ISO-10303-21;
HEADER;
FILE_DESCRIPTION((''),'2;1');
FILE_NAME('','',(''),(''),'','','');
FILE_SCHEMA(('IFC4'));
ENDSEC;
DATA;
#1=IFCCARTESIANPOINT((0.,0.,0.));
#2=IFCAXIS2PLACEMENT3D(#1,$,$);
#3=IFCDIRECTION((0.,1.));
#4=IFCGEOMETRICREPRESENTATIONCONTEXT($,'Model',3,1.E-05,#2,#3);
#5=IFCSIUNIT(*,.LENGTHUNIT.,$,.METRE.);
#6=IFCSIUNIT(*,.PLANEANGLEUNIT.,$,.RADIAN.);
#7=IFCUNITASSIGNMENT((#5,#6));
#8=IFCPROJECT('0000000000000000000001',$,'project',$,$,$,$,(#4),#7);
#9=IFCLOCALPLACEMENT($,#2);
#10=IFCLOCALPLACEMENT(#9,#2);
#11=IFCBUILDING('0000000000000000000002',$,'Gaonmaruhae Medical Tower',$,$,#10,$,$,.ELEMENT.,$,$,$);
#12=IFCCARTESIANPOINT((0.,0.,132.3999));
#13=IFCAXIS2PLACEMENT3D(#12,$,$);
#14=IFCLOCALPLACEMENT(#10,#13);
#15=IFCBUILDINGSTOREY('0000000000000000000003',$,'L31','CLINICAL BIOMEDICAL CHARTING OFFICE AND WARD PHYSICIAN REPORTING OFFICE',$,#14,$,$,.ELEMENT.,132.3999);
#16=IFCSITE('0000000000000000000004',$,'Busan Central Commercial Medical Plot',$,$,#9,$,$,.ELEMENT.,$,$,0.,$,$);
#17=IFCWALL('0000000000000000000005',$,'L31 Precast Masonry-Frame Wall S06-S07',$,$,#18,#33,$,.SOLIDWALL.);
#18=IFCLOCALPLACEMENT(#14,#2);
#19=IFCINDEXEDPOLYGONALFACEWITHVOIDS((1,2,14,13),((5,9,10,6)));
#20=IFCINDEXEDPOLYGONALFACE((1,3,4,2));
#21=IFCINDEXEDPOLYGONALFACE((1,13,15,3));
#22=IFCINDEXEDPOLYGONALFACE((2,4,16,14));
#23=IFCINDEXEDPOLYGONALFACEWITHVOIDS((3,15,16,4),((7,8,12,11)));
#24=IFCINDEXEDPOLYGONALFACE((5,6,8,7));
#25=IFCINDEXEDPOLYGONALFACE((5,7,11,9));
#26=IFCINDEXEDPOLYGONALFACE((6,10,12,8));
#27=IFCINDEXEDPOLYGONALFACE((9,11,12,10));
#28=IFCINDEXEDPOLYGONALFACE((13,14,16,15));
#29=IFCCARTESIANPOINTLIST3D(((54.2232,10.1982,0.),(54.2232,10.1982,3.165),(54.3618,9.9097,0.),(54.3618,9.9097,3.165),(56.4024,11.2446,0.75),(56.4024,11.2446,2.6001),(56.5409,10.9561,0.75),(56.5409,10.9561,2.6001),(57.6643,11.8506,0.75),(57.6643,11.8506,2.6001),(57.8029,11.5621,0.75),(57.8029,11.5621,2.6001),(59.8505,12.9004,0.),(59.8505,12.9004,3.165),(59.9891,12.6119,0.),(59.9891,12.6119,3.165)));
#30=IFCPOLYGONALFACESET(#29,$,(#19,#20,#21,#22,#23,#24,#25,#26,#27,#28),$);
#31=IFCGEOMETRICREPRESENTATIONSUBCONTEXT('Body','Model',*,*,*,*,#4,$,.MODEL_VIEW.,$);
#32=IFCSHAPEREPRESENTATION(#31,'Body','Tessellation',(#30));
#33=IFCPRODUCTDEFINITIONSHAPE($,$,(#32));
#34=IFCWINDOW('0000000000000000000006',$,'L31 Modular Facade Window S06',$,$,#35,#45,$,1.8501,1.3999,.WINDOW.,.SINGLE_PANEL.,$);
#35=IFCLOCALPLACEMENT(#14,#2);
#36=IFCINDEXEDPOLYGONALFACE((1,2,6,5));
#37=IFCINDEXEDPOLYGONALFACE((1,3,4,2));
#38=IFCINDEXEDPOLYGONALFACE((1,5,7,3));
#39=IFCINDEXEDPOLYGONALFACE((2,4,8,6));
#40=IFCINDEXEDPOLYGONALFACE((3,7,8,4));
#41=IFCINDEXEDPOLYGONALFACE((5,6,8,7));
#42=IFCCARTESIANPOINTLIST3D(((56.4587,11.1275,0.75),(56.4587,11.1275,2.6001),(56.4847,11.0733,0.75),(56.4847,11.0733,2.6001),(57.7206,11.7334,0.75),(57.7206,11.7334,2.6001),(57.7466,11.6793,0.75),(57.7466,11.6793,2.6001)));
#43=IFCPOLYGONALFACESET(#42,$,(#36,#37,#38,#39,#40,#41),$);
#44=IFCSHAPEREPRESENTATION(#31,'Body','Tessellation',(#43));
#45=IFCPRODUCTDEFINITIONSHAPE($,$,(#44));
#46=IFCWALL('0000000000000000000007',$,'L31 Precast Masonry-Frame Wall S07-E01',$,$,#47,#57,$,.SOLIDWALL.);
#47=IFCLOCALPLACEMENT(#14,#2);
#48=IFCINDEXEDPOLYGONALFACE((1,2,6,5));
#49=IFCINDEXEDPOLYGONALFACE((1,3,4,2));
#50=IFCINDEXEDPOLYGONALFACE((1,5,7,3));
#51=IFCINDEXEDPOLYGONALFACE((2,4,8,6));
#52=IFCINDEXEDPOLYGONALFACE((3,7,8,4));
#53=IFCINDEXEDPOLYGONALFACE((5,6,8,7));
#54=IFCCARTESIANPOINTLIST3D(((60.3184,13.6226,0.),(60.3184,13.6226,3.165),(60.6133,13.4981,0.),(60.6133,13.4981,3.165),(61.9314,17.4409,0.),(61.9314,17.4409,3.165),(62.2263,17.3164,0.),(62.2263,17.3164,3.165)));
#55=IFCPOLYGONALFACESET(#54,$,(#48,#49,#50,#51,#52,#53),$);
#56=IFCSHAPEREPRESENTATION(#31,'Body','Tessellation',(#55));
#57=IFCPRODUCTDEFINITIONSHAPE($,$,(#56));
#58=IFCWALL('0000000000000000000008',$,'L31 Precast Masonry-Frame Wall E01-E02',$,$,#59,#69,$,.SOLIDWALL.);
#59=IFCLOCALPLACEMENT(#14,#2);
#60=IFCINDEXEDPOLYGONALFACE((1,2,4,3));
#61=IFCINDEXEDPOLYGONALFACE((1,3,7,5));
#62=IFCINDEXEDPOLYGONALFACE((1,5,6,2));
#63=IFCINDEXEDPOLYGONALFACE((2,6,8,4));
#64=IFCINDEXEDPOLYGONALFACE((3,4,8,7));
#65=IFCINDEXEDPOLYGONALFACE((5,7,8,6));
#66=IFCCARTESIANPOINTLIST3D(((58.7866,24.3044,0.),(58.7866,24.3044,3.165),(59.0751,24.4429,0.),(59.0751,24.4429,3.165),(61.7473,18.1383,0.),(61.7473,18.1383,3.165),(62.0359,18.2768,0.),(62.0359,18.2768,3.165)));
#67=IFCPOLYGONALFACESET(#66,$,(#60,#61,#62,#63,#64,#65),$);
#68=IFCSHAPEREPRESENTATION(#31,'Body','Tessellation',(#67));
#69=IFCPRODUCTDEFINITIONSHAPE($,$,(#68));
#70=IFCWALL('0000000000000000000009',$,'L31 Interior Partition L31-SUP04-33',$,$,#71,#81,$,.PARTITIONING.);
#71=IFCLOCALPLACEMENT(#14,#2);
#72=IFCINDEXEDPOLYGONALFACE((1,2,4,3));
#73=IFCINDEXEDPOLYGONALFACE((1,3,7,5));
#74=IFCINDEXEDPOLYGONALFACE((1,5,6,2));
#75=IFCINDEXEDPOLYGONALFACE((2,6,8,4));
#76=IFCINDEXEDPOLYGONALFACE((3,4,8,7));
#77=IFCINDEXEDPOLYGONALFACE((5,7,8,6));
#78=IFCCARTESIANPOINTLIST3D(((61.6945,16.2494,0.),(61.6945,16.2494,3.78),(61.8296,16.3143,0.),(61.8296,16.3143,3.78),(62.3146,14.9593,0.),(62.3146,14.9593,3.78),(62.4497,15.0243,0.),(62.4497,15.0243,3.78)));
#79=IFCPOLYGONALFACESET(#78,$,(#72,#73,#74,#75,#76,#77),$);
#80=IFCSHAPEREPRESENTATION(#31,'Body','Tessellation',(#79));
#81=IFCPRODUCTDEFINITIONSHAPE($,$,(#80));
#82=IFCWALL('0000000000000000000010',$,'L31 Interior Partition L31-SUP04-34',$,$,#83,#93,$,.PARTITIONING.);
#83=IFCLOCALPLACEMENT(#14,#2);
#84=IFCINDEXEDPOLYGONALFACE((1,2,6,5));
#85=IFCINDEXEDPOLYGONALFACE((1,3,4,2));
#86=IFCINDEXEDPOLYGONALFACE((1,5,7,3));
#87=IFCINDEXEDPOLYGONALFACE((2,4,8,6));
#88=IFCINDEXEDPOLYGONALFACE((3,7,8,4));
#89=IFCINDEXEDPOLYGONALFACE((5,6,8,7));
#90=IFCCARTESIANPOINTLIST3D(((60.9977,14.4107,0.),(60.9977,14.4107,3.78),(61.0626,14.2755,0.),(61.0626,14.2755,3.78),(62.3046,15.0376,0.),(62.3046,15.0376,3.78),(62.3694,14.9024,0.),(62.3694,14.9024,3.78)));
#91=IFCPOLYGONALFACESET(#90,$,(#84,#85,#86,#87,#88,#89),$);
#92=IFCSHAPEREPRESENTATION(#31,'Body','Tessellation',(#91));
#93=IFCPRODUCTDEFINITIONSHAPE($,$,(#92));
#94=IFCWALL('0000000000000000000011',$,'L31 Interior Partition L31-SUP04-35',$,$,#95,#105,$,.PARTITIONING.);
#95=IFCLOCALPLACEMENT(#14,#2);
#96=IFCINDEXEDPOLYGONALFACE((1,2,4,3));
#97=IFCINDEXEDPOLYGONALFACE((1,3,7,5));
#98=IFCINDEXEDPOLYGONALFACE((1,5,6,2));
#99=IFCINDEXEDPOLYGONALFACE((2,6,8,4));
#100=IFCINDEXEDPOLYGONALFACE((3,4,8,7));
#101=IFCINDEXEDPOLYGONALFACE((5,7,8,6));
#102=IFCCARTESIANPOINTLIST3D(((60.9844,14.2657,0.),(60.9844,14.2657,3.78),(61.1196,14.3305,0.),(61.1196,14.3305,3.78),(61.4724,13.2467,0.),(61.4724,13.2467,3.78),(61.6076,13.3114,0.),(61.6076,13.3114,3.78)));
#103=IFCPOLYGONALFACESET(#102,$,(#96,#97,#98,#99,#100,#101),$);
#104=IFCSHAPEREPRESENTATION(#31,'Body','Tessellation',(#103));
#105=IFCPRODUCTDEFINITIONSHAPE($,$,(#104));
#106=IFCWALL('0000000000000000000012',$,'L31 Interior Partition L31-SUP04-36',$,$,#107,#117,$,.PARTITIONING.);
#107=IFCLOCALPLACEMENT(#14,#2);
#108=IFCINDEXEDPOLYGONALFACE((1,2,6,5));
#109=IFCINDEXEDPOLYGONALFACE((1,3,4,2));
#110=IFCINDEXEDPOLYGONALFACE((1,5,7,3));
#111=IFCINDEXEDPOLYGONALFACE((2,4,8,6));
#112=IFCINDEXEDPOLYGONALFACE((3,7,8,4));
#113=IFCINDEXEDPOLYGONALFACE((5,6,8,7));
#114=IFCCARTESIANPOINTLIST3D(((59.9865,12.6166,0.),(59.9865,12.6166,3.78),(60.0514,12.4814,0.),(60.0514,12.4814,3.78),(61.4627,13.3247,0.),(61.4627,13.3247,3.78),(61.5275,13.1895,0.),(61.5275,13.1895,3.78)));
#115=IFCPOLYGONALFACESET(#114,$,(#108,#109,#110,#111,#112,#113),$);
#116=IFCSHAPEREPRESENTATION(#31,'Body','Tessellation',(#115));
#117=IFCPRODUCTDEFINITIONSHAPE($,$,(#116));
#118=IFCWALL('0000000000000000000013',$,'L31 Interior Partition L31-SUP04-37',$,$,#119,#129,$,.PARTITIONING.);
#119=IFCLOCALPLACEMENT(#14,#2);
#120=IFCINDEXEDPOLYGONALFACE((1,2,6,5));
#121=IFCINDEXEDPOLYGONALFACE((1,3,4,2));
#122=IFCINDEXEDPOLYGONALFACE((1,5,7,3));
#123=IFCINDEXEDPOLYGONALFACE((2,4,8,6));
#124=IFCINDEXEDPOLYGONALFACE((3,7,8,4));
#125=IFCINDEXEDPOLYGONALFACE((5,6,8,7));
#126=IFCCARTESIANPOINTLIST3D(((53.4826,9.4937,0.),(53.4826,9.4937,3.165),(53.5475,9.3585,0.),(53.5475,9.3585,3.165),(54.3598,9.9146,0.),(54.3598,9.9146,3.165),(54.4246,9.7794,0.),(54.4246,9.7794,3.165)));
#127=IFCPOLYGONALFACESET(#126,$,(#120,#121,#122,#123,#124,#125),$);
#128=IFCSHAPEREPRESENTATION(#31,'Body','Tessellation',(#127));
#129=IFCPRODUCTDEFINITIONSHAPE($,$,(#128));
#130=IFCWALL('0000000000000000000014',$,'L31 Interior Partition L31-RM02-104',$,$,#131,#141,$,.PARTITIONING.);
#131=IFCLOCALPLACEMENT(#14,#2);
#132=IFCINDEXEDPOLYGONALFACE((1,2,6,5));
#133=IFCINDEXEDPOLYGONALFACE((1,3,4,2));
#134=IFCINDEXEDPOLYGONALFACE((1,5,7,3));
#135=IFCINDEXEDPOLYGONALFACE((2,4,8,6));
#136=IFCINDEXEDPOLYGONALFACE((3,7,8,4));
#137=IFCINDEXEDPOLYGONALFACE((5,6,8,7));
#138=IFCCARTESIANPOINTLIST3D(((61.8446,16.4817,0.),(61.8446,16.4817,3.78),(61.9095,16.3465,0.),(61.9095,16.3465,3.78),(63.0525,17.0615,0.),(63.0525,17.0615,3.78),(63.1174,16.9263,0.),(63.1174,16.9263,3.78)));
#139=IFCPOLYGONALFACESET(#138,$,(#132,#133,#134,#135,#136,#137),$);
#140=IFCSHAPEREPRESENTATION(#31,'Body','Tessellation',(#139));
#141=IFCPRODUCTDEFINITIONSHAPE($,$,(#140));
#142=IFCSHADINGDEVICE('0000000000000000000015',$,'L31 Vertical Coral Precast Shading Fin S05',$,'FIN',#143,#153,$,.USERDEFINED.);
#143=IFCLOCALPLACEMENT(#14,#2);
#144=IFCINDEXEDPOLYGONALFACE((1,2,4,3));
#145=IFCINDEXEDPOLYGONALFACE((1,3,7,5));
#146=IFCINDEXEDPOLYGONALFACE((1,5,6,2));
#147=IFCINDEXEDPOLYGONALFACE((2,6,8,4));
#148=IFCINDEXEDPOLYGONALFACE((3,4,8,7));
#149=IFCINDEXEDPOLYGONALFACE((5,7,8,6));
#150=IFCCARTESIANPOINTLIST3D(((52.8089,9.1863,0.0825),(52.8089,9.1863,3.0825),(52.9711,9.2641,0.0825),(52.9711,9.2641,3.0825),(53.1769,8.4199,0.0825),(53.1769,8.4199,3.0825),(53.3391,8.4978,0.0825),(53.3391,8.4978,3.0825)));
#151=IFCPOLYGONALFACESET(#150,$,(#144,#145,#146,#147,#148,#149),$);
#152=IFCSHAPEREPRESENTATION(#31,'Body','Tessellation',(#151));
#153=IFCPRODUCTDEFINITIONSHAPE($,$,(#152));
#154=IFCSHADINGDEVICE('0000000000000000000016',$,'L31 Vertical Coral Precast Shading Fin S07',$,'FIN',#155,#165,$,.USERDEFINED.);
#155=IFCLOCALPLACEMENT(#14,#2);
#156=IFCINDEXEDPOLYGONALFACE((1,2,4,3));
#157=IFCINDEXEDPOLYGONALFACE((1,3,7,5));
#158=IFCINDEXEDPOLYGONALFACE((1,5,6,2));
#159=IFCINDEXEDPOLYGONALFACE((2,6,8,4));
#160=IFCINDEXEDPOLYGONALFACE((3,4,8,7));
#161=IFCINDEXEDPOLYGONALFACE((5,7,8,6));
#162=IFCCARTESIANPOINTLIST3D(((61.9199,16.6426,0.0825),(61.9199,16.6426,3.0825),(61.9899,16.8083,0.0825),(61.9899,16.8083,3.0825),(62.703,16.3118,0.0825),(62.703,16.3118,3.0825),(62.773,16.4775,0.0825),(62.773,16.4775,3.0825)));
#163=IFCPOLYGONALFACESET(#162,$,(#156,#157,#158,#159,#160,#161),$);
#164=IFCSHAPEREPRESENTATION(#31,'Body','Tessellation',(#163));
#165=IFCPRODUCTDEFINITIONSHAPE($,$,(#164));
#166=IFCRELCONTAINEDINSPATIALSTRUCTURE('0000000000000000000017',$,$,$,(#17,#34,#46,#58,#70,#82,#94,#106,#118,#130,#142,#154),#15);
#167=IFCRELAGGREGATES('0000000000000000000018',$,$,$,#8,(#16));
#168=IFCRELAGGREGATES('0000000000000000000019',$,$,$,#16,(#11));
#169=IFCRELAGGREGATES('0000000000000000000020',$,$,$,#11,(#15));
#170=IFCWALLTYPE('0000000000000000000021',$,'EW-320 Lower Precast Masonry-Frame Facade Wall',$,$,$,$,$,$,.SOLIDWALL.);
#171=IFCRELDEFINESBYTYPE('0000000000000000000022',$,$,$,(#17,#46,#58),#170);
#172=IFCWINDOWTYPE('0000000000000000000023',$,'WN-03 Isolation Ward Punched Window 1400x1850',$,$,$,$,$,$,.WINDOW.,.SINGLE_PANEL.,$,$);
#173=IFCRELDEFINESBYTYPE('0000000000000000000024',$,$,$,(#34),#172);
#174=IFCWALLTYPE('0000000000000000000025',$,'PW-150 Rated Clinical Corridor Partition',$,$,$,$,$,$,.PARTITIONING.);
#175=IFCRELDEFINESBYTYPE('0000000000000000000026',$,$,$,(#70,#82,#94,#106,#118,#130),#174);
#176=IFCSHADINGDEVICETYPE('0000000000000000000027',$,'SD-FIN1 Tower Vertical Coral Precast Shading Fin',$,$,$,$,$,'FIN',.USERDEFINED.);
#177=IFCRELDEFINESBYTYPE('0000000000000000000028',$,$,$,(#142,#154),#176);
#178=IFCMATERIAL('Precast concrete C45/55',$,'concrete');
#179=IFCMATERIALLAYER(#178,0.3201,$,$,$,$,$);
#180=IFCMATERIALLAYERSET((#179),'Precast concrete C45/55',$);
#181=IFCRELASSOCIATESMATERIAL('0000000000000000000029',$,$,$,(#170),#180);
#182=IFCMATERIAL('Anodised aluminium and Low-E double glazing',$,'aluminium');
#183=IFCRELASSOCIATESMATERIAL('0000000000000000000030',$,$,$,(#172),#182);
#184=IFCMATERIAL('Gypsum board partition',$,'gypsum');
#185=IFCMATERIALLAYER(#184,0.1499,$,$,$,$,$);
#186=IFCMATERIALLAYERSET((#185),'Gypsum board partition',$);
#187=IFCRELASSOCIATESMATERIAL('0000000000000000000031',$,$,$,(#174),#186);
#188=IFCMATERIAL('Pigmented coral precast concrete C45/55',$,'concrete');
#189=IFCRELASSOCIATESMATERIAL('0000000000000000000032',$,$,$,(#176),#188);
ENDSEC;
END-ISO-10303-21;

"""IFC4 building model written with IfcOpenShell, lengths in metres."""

from ifc_helpers import new_model, si_unit, direction, frame, frame_2d, origin, origin_2d, place, context, subcontext, project, spatial, rectangle, extrude, material, layer, layer_set, type_object, element, fill, save


model = new_model("IFC4")

# Units and contexts
model_context = context("Model", 3, precision=1e-05, world=origin(), true_north=direction((0.0, 1.0)))
body_context = subcontext(model_context, "Body", "Model", "MODEL_VIEW")
ifc_project = project(units=[si_unit("LENGTHUNIT", "METRE"), si_unit("PLANEANGLEUNIT", "RADIAN")], contexts=[model_context])

# Site, building, storey
site_placement = place(None, origin())
site = spatial("IfcSite", under=ifc_project, at=site_placement, Name="Busan Central Commercial Medical Plot", CompositionType="ELEMENT", RefElevation=0.0)
building_placement = place(site_placement, origin())
building = spatial("IfcBuilding", under=site, at=building_placement, Name="Gaonmaruhae Medical Tower", CompositionType="ELEMENT")
storey_placement = place(building_placement, frame((0.0, 0.0, 132.3999)))
storey = spatial("IfcBuildingStorey", under=building, at=storey_placement, Name="L31", Description="CLINICAL BIOMEDICAL CHARTING OFFICE AND WARD PHYSICIAN REPORTING OFFICE", CompositionType="ELEMENT", Elevation=132.3999)

# Wall, opening, window
ifc_material_1 = material(Name="Precast concrete C45/55", Category="concrete")
ifc_layer_1 = layer(ifc_material_1, 0.3201)
ifc_layer_set_1 = layer_set([ifc_layer_1], Name="Precast concrete C45/55")
wall_type_1 = type_object("IfcWallType", Name="EW-320 Lower Precast Masonry-Frame Facade Wall", PredefinedType="SOLIDWALL", material=ifc_layer_set_1)
ifc_material_2 = material(Name="Anodised aluminium and Low-E double glazing", Category="aluminium")
wall_1_placement = place(storey_placement, frame((59.9197, 12.7561, 0.0), z_axis=(0.0, 0.0, 1.0), x_axis=(-0.901455, -0.432873, 0.0)))
wall_1 = element("IfcWall", 1, at=wall_1_placement, inside=storey, type_object=wall_type_1, Name="L31 Precast Masonry-Frame Wall S06-S07", PredefinedType="SOLIDWALL", context=body_context, shape_type="SweptSolid", body=[
    extrude(rectangle(XDim=6.2424, YDim=0.3201, at=frame_2d((3.1211, 0.0))), origin(), (0.0, 0.0, 1.0), 3.165),
])
opening_1_placement = place(wall_1_placement, frame((2.425, 0.0, 0.75)))
opening_1 = element("IfcOpeningElement", 2, at=opening_1_placement, cuts=wall_1, PredefinedType="OPENING", context=body_context, shape_type="SweptSolid", body=[
    extrude(rectangle(XDim=1.3999, YDim=1.8501, at=frame_2d((0.7, 0.925))), frame((0.0, 0.1699, 0.0), z_axis=(0.0, -1.0, 0.0), x_axis=(1.0, 0.0, 0.0)), (0.0, 0.0, 1.0), 0.3401),
])
window_type_1 = type_object("IfcWindowType", Name="WN-03 Isolation Ward Punched Window 1400x1850", PartitioningType="SINGLE_PANEL", PredefinedType="WINDOW", material=ifc_material_2)
window_1_placement = place(opening_1_placement, origin())
window_1 = element("IfcWindow", 3, at=window_1_placement, inside=storey, type_object=window_type_1, Name="L31 Modular Facade Window S06", OverallHeight=1.8501, OverallWidth=1.3999, PartitioningType="SINGLE_PANEL", PredefinedType="WINDOW", context=body_context, shape_type="SweptSolid", body=[
    extrude(rectangle(XDim=1.3999, YDim=1.8501, at=frame_2d((0.7, 0.925))), frame((0.0, 0.03, 0.0), z_axis=(0.0, -1.0, 0.0), x_axis=(1.0, 0.0, 0.0)), (0.0, 0.0, 1.0), 0.0601),
])
fill(opening_1, window_1)

# Walls
wall_2_placement = place(storey_placement, frame((62.0789, 17.3787, 0.0), z_axis=(0.0, 0.0, 1.0), x_axis=(-0.389144, -0.921177, 0.0)))
element("IfcWall", 4, at=wall_2_placement, inside=storey, type_object=wall_type_1, Name="L31 Precast Masonry-Frame Wall S07-E01", PredefinedType="SOLIDWALL", context=body_context, shape_type="SweptSolid", body=[
    extrude(rectangle(XDim=4.145, YDim=0.3201, at=frame_2d((2.0725, 0.0))), origin(), (0.0, 0.0, 1.0), 3.165),
])
wall_3_placement = place(storey_placement, frame((58.9309, 24.3735, 0.0), z_axis=(0.0, 0.0, 1.0), x_axis=(0.432851, -0.901466, 0.0)))
element("IfcWall", 5, at=wall_3_placement, inside=storey, type_object=wall_type_1, Name="L31 Precast Masonry-Frame Wall E01-E02", PredefinedType="SOLIDWALL", context=body_context, shape_type="SweptSolid", body=[
    extrude(rectangle(XDim=6.8401, YDim=0.3201, at=frame_2d((3.4199, 0.0))), origin(), (0.0, 0.0, 1.0), 3.165),
])
ifc_material_3 = material(Name="Gypsum board partition", Category="gypsum")
ifc_layer_2 = layer(ifc_material_3, 0.1499)
ifc_layer_set_2 = layer_set([ifc_layer_2], Name="Gypsum board partition")
wall_type_2 = type_object("IfcWallType", Name="PW-150 Rated Clinical Corridor Partition", PredefinedType="PARTITIONING", material=ifc_layer_set_2)
wall_4_placement = place(storey_placement, frame((61.762, 16.282, 0.0), z_axis=(0.0, 0.0, 1.0), x_axis=(0.433241, -0.901278, 0.0)))
element("IfcWall", 6, at=wall_4_placement, inside=storey, type_object=wall_type_2, Name="L31 Interior Partition L31-SUP04-33", PredefinedType="PARTITIONING", context=body_context, shape_type="SweptSolid", body=[
    extrude(rectangle(XDim=1.4314, YDim=0.1499, at=frame_2d((0.7158, 0.0))), origin(), (0.0, 0.0, 1.0), 3.78),
])
wall_5_placement = place(storey_placement, frame((62.3369, 14.97, 0.0), z_axis=(0.0, 0.0, 1.0), x_axis=(-0.901618, -0.432534, 0.0)))
element("IfcWall", 7, at=wall_5_placement, inside=storey, type_object=wall_type_2, Name="L31 Interior Partition L31-SUP04-34", PredefinedType="PARTITIONING", context=body_context, shape_type="SweptSolid", body=[
    extrude(rectangle(XDim=1.4495, YDim=0.1499, at=frame_2d((0.7246, 0.0))), origin(), (0.0, 0.0, 1.0), 3.78),
])
wall_6_placement = place(storey_placement, frame((61.052, 14.2981, 0.0), z_axis=(0.0, 0.0, 1.0), x_axis=(0.431937, -0.901904, 0.0)))
element("IfcWall", 8, at=wall_6_placement, inside=storey, type_object=wall_type_2, Name="L31 Interior Partition L31-SUP04-35", PredefinedType="PARTITIONING", context=body_context, shape_type="SweptSolid", body=[
    extrude(rectangle(XDim=1.1299, YDim=0.1499, at=frame_2d((0.5649, 0.0))), origin(), (0.0, 0.0, 1.0), 3.78),
])
wall_7_placement = place(storey_placement, frame((61.4951, 13.2571, 0.0), z_axis=(0.0, 0.0, 1.0), x_axis=(-0.901644, -0.432479, 0.0)))
element("IfcWall", 9, at=wall_7_placement, inside=storey, type_object=wall_type_2, Name="L31 Interior Partition L31-SUP04-36", PredefinedType="PARTITIONING", context=body_context, shape_type="SweptSolid", body=[
    extrude(rectangle(XDim=1.6372, YDim=0.1499, at=frame_2d((0.8186, 0.0))), origin(), (0.0, 0.0, 1.0), 3.78),
])
wall_8_placement = place(storey_placement, frame((54.3921, 9.8469, 0.0), z_axis=(0.0, 0.0, 1.0), x_axis=(-0.901586, -0.432601, 0.0)))
element("IfcWall", 10, at=wall_8_placement, inside=storey, type_object=wall_type_2, Name="L31 Interior Partition L31-SUP04-37", PredefinedType="PARTITIONING", context=body_context, shape_type="SweptSolid", body=[
    extrude(rectangle(XDim=0.9729, YDim=0.1499, at=frame_2d((0.4863, 0.0))), origin(), (0.0, 0.0, 1.0), 3.165),
])
wall_9_placement = place(storey_placement, frame((63.085, 16.9939, 0.0), z_axis=(0.0, 0.0, 1.0), x_axis=(-0.901526, -0.432725, 0.0)))
element("IfcWall", 11, at=wall_9_placement, inside=storey, type_object=wall_type_2, Name="L31 Interior Partition L31-RM02-104", PredefinedType="PARTITIONING", context=body_context, shape_type="SweptSolid", body=[
    extrude(rectangle(XDim=1.3398, YDim=0.1499, at=frame_2d((0.6699, 0.0))), origin(), (0.0, 0.0, 1.0), 3.78),
])

# Shading devices
ifc_material_4 = material(Name="Pigmented coral precast concrete C45/55", Category="concrete")
shading_device_type = type_object("IfcShadingDeviceType", Name="SD-FIN1 Tower Vertical Coral Precast Shading Fin", ElementType="FIN", PredefinedType="USERDEFINED", material=ifc_material_4)
for number, where, z_axis, x_axis, name in (
    (12, (53.074, 8.842, 0.0825), (0.0, 0.0, 1.0), (-0.901455, -0.432873, 0.0), "L31 Vertical Coral Precast Shading Fin S05"),
    (13, (62.3464, 16.5601, 0.0825), (0.0, 0.0, 1.0), (-0.389156, -0.921172, 0.0), "L31 Vertical Coral Precast Shading Fin S07"),
):
    element("IfcShadingDevice", number, at=place(storey_placement, frame(where, z_axis=z_axis, x_axis=x_axis)), inside=storey, type_object=shading_device_type, Name=name, ObjectType="FIN", PredefinedType="USERDEFINED", context=body_context, shape_type="SweptSolid", body=[
        extrude(rectangle(XDim=0.1799, YDim=0.8501, at=origin_2d()), origin(), (0.0, 0.0, 1.0), 3.0),
    ])

save(model, "model.ifc")
